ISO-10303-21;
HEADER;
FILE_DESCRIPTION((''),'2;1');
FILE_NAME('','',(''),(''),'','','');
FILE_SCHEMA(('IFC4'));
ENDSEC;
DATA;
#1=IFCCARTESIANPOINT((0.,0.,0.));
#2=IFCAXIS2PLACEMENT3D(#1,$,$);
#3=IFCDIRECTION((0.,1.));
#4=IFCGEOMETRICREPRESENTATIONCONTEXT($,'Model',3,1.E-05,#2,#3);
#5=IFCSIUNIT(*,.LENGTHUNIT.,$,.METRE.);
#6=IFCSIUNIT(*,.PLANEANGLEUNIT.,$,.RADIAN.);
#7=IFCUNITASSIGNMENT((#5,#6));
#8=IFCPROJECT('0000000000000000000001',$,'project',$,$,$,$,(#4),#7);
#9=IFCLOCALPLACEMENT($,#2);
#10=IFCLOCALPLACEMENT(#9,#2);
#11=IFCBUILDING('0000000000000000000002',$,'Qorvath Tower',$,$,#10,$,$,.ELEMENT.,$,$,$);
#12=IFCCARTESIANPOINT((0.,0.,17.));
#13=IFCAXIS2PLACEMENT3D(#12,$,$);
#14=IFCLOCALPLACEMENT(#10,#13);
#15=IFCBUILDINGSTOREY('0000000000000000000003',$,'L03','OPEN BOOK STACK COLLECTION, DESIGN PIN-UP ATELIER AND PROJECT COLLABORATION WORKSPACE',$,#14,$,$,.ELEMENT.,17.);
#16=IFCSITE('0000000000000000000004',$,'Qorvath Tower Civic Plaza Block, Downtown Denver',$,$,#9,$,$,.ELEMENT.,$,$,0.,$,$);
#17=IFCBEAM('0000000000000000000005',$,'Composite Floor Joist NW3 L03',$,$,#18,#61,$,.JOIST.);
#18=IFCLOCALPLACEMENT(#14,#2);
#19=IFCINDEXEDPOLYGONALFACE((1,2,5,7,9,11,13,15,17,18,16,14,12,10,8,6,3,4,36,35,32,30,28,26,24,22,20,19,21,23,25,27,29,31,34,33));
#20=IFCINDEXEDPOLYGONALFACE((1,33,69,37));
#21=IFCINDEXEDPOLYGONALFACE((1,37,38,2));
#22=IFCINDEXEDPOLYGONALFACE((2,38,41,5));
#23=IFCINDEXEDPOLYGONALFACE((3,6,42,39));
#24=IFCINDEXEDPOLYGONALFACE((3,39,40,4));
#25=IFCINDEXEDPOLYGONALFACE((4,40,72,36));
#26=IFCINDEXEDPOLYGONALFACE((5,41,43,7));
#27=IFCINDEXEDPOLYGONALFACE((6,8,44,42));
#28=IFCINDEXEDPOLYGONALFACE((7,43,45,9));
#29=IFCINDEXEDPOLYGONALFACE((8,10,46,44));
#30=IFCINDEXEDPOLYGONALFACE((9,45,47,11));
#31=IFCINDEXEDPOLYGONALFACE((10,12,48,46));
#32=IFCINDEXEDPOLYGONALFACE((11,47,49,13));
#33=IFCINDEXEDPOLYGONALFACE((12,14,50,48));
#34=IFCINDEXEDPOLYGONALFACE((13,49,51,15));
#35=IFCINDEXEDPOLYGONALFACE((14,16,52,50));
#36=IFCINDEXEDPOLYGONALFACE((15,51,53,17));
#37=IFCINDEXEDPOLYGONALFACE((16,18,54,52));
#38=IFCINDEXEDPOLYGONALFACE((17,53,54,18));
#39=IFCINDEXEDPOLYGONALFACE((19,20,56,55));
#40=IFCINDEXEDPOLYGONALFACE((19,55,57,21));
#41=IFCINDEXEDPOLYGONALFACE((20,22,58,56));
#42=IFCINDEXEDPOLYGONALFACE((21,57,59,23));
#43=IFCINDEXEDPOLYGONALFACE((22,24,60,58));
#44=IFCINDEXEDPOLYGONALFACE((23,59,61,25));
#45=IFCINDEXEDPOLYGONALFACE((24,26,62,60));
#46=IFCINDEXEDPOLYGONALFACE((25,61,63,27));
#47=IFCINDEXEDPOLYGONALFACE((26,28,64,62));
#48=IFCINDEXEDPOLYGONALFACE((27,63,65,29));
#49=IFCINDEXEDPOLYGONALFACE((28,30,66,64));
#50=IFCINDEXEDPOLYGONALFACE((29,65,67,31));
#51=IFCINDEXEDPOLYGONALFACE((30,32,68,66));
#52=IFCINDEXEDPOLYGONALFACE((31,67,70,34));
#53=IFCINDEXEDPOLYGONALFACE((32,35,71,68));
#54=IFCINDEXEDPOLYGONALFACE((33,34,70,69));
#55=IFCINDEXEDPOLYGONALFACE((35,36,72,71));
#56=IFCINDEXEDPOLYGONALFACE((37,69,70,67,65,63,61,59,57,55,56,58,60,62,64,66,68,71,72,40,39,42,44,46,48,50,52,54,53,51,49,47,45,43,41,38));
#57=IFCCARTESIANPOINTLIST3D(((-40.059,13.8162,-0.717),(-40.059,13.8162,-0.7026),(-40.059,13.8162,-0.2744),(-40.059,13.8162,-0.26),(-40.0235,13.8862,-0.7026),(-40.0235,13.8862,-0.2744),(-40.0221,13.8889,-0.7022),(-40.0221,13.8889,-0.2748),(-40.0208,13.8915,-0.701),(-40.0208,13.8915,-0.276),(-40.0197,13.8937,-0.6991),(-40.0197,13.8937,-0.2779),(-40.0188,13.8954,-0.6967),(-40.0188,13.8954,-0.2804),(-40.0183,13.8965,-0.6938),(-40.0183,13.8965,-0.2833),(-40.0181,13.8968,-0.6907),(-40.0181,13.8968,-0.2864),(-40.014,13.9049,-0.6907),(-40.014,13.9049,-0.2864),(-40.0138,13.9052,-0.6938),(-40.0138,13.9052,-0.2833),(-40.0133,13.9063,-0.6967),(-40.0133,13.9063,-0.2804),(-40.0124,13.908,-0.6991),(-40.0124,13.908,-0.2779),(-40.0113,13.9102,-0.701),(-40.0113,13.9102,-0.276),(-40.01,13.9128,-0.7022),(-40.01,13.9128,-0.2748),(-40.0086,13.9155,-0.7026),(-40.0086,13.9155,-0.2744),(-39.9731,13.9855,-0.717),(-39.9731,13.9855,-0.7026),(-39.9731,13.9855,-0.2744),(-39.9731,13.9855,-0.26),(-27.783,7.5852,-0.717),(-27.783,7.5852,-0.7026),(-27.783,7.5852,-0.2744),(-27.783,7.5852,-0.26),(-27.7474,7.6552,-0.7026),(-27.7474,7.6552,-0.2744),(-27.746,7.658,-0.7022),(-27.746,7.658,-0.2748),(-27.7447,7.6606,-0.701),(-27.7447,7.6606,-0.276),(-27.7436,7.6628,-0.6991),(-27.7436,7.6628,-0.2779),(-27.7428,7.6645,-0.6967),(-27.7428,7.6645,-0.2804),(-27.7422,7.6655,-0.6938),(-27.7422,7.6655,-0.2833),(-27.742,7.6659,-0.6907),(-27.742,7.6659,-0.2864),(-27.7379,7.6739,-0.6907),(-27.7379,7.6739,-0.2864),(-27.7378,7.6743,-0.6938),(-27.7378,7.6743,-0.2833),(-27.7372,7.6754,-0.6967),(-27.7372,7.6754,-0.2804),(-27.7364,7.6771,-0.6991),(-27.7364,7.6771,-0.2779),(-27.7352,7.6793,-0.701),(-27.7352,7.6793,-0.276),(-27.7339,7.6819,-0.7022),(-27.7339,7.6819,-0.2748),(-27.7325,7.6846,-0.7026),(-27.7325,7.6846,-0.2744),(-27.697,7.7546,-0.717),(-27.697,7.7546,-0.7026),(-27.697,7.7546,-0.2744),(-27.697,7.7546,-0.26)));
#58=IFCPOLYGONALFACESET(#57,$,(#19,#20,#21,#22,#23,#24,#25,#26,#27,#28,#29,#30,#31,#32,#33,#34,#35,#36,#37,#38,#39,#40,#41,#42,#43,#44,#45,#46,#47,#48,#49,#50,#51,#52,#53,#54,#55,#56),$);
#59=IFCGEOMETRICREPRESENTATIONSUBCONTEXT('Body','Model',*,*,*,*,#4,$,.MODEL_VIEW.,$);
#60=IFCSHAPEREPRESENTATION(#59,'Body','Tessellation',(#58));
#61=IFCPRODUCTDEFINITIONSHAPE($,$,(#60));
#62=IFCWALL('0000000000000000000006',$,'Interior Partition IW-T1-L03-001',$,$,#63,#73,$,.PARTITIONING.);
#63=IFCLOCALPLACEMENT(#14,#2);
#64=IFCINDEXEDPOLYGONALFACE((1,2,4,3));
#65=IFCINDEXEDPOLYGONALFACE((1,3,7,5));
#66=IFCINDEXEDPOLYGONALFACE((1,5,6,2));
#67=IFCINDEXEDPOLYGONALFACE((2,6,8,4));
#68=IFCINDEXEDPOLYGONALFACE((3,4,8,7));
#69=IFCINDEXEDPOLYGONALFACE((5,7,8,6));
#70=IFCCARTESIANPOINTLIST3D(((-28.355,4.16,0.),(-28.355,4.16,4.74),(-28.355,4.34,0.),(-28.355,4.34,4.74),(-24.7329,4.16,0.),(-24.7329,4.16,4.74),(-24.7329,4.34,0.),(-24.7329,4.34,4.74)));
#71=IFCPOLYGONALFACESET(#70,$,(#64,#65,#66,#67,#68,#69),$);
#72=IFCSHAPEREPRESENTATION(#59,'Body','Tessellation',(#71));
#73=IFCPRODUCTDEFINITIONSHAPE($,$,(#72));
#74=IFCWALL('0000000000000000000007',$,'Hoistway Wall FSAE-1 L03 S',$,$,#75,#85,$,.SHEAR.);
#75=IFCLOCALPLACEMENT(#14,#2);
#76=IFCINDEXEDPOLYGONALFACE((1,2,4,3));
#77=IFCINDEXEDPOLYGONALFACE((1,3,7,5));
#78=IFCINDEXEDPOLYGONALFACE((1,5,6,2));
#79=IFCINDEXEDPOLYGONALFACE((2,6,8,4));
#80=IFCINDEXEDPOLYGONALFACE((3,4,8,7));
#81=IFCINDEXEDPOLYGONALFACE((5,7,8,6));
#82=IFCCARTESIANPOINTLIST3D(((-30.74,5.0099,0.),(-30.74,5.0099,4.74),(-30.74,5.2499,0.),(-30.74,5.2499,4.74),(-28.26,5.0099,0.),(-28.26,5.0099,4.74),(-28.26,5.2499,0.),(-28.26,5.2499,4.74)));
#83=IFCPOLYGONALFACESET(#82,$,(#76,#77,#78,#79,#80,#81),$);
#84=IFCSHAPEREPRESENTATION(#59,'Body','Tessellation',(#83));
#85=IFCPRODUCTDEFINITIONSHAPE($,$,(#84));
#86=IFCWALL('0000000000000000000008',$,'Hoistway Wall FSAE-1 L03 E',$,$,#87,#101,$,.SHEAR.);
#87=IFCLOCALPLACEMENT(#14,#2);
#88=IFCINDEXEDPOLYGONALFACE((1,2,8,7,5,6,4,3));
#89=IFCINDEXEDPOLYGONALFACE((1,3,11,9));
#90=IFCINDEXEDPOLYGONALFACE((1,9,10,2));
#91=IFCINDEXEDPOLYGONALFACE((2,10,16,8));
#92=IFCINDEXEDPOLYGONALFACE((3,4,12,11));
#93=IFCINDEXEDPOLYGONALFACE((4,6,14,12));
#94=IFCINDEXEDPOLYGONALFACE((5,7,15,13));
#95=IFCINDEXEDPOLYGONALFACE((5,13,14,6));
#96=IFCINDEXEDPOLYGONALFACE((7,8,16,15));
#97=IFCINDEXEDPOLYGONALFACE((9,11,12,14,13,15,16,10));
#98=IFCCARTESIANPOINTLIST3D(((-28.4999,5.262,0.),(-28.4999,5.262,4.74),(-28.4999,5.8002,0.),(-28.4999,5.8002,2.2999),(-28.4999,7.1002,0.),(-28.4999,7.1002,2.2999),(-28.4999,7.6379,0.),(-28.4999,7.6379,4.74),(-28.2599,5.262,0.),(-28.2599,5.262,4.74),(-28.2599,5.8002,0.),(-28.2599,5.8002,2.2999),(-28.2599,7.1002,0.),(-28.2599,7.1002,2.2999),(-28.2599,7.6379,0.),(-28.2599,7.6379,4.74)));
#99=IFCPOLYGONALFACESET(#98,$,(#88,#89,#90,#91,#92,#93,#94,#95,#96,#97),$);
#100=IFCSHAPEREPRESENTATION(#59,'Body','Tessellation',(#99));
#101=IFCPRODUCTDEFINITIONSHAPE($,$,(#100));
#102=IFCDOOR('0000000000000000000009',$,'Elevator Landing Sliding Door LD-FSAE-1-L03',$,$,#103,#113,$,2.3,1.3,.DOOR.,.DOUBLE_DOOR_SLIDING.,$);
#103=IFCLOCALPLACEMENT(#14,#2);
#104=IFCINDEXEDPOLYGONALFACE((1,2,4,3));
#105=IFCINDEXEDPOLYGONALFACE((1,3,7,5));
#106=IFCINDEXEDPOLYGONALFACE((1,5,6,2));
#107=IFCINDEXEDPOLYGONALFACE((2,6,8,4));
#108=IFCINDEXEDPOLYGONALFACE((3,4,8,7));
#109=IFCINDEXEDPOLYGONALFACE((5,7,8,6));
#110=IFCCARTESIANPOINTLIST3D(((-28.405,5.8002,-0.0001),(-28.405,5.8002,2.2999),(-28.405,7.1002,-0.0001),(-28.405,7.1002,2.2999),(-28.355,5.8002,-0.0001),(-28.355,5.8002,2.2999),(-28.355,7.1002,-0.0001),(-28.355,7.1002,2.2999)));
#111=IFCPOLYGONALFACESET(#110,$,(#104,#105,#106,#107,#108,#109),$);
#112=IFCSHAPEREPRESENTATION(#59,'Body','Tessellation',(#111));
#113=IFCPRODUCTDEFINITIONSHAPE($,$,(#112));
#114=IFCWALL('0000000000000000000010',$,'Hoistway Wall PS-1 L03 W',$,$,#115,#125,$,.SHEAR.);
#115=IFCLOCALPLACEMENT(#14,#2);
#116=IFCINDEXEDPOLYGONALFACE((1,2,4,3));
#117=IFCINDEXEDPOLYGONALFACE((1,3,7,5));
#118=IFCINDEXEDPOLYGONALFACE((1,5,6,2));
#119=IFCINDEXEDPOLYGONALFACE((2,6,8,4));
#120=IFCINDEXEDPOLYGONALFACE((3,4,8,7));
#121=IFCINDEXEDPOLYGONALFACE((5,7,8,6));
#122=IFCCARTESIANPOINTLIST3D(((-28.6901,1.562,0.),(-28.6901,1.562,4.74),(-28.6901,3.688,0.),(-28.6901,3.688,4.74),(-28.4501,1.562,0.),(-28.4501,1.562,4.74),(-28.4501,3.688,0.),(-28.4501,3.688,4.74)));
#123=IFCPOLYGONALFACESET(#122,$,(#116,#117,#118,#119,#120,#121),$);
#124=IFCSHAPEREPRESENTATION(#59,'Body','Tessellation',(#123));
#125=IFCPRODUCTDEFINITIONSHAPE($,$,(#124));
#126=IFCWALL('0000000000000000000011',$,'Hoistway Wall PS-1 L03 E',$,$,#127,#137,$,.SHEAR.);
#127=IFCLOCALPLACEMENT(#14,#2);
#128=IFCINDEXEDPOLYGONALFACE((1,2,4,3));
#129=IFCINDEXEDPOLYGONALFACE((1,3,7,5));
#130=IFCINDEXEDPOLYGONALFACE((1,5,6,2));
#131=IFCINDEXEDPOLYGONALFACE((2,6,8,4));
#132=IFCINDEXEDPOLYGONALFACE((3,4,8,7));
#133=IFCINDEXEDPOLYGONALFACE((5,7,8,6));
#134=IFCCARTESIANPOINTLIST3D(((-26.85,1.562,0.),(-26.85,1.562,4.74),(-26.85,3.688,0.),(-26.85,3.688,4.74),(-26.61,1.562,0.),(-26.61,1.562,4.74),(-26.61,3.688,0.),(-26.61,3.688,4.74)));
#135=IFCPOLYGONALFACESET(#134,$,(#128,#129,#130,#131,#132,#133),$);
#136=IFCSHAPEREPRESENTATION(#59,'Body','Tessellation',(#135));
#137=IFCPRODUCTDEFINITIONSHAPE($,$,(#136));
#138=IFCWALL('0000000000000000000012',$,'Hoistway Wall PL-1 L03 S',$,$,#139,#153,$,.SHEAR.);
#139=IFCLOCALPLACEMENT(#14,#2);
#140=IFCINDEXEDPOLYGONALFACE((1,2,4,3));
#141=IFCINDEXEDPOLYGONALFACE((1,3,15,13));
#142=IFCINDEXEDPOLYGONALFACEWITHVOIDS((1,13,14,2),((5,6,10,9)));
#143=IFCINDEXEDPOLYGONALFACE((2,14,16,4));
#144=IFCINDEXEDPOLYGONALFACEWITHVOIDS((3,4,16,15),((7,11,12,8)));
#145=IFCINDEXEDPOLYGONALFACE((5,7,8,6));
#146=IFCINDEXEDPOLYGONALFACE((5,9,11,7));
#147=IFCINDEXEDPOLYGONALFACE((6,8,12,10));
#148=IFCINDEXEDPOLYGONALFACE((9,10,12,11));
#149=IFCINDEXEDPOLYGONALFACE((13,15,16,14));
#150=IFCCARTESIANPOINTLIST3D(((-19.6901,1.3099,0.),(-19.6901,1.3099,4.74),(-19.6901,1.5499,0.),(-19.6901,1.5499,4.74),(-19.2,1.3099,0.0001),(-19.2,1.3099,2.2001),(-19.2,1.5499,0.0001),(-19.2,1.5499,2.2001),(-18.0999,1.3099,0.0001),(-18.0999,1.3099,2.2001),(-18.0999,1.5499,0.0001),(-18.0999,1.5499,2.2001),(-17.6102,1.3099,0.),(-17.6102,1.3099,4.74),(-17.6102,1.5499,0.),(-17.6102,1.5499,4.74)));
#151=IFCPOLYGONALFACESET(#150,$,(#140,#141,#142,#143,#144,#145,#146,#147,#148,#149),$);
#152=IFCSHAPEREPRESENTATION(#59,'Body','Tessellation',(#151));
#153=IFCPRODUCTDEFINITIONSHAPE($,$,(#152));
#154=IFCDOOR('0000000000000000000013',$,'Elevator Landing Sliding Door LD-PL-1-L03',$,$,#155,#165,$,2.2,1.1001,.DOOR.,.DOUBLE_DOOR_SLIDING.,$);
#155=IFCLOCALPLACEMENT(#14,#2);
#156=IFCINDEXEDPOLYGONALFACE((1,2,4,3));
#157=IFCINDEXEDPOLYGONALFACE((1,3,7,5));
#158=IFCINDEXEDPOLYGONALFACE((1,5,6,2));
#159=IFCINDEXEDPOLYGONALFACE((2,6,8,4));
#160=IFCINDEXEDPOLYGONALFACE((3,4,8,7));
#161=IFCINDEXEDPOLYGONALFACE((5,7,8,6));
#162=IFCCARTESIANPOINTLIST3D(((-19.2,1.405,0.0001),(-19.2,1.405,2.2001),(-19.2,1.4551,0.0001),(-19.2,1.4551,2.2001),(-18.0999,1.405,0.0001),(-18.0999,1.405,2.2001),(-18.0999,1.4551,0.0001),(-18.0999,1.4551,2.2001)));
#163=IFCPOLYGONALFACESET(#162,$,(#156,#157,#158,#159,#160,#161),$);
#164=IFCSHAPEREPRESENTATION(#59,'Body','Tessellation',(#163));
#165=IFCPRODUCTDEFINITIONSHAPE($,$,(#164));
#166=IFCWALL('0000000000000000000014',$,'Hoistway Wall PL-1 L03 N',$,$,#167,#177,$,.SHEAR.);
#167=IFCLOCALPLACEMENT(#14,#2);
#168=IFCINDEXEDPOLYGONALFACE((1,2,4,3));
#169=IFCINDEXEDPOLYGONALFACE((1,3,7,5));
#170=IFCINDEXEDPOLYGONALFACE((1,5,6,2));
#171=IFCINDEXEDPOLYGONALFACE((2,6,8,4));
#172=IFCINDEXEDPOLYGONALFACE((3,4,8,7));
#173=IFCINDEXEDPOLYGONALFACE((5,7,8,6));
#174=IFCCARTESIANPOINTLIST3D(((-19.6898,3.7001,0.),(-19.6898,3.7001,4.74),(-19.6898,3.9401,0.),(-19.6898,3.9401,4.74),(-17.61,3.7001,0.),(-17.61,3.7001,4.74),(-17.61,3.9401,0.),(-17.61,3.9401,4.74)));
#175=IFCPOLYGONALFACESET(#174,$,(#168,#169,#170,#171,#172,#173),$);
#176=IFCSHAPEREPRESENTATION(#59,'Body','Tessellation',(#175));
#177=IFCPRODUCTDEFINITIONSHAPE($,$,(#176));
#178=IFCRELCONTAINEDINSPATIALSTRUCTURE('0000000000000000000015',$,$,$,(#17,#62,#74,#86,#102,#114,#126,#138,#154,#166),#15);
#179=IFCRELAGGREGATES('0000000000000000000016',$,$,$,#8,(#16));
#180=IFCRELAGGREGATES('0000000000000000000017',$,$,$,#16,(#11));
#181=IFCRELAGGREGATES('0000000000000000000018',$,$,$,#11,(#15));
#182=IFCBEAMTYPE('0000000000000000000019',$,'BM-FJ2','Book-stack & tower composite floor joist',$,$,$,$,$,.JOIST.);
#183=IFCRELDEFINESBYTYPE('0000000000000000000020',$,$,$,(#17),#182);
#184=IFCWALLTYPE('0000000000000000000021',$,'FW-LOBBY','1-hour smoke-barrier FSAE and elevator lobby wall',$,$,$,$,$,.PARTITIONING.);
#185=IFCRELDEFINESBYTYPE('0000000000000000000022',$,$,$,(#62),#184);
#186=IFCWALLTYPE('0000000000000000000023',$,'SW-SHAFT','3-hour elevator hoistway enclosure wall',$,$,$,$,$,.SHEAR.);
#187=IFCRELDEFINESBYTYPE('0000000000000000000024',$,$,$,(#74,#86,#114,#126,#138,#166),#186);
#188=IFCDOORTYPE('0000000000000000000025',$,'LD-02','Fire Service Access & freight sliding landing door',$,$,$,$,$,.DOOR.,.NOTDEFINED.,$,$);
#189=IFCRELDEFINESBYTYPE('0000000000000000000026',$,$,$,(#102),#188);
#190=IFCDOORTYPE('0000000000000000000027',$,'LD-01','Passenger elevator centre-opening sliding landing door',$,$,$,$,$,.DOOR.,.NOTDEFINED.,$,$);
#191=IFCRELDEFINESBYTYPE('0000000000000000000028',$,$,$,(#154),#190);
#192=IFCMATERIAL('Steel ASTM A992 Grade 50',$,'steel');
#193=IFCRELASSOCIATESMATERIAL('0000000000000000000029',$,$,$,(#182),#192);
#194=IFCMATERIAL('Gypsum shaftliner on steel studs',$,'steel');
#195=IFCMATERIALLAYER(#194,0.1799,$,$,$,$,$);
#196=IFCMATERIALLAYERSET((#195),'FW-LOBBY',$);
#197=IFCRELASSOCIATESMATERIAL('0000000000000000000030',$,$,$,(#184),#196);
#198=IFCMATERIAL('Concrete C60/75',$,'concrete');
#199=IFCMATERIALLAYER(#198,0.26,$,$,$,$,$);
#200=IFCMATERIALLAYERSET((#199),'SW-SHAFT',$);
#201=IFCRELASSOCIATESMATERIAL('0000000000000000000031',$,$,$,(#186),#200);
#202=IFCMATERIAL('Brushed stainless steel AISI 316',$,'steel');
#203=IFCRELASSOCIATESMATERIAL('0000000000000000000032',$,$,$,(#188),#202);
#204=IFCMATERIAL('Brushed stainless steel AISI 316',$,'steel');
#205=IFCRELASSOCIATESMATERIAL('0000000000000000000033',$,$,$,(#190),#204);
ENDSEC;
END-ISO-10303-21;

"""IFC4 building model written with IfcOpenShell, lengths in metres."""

from ifc_helpers import new_model, si_unit, direction, frame, frame_2d, origin, origin_2d, place, context, subcontext, project, spatial, rectangle, i_section, extrude, material, layer, layer_set, material_profile, profile_set, type_object, element, fill, save


model = new_model("IFC4")

# Units and contexts
model_context = context("Model", 3, precision=1e-05, world=origin(), true_north=direction((0.0, 1.0)))
body_context = subcontext(model_context, "Body", "Model", "MODEL_VIEW")
ifc_project = project(units=[si_unit("LENGTHUNIT", "METRE"), si_unit("PLANEANGLEUNIT", "RADIAN")], contexts=[model_context])

# Site, building, storey
site_placement = place(None, origin())
site = spatial("IfcSite", under=ifc_project, at=site_placement, Name="Qorvath Tower Civic Plaza Block, Downtown Denver", CompositionType="ELEMENT", RefElevation=0.0)
building_placement = place(site_placement, origin())
building = spatial("IfcBuilding", under=site, at=building_placement, Name="Qorvath Tower", CompositionType="ELEMENT")
storey_placement = place(building_placement, frame((0.0, 0.0, 17.0)))
storey = spatial("IfcBuildingStorey", under=building, at=storey_placement, Name="L03", Description="OPEN BOOK STACK COLLECTION, DESIGN PIN-UP ATELIER AND PROJECT COLLABORATION WORKSPACE", CompositionType="ELEMENT", Elevation=17.0)

# Beam
ifc_material_1 = material(Name="Steel ASTM A992 Grade 50", Category="steel")
ifc_material_profile = material_profile(ifc_material_1, i_section(OverallWidth=0.1899, OverallDepth=0.457, WebThickness=0.009, FlangeThickness=0.0144, FilletRadius=0.012, at=origin_2d()), Name="W18x50")
ifc_profile_set = profile_set([ifc_material_profile], Name="Steel ASTM A992 Grade 50")
beam_type = type_object("IfcBeamType", Name="BM-FJ2", Description="Book-stack & tower composite floor joist", PredefinedType="JOIST", material=ifc_profile_set)
beam_placement = place(storey_placement, frame((-27.74, 7.6699, -0.4885), z_axis=(-0.891712, 0.452604, 0.0), x_axis=(-0.452604, -0.891712, 0.0)))
element("IfcBeam", 1, at=beam_placement, inside=storey, type_object=beam_type, Name="Composite Floor Joist NW3 L03", PredefinedType="JOIST", context=body_context, shape_type="SweptSolid", body=[
    extrude(i_section(OverallWidth=0.1899, OverallDepth=0.457, WebThickness=0.009, FlangeThickness=0.0144, FilletRadius=0.012, at=origin_2d()), origin(), (0.0, 0.0, 1.0), 13.7668),
])

# Walls
ifc_material_2 = material(Name="Gypsum shaftliner on steel studs", Category="steel")
ifc_layer_1 = layer(ifc_material_2, 0.1799)
ifc_layer_set_1 = layer_set([ifc_layer_1], Name="FW-LOBBY")
wall_type_1 = type_object("IfcWallType", Name="FW-LOBBY", Description="1-hour smoke-barrier FSAE and elevator lobby wall", PredefinedType="PARTITIONING", material=ifc_layer_set_1)
wall_1_placement = place(storey_placement, frame((-28.355, 4.25, 0.0), z_axis=(0.0, 0.0, 1.0), x_axis=(1.0, 0.0, 0.0)))
element("IfcWall", 2, at=wall_1_placement, inside=storey, type_object=wall_type_1, Name="Interior Partition IW-T1-L03-001", PredefinedType="PARTITIONING", context=body_context, shape_type="SweptSolid", body=[
    extrude(rectangle(XDim=3.6221, YDim=0.1799, at=frame_2d((1.811, 0.0))), origin(), (0.0, 0.0, 1.0), 4.74),
])
ifc_material_3 = material(Name="Concrete C60/75", Category="concrete")
ifc_layer_2 = layer(ifc_material_3, 0.26)
ifc_layer_set_2 = layer_set([ifc_layer_2], Name="SW-SHAFT")
wall_type_2 = type_object("IfcWallType", Name="SW-SHAFT", Description="3-hour elevator hoistway enclosure wall", PredefinedType="SHEAR", material=ifc_layer_set_2)
wall_2_placement = place(storey_placement, frame((-28.26, 5.1299, 0.0), z_axis=(0.0, 0.0, 1.0), x_axis=(-1.0, 0.0, 0.0)))
element("IfcWall", 3, at=wall_2_placement, inside=storey, type_object=wall_type_2, Name="Hoistway Wall FSAE-1 L03 S", PredefinedType="SHEAR", context=body_context, shape_type="SweptSolid", body=[
    extrude(rectangle(XDim=2.48, YDim=0.24, at=frame_2d((1.24, 0.0))), origin(), (0.0, 0.0, 1.0), 4.74),
])

# Wall, opening, door
wall_3_placement = place(storey_placement, frame((-28.3799, 7.6379, 0.0), z_axis=(0.0, 0.0, 1.0), x_axis=(0.0, -1.0, 0.0)))
wall_3 = element("IfcWall", 4, at=wall_3_placement, inside=storey, type_object=wall_type_2, Name="Hoistway Wall FSAE-1 L03 E", PredefinedType="SHEAR", context=body_context, shape_type="SweptSolid", body=[
    extrude(rectangle(XDim=2.376, YDim=0.24, at=frame_2d((1.188, 0.0))), origin(), (0.0, 0.0, 1.0), 4.74),
])
opening_1_placement = place(wall_3_placement, frame((0.5378, 0.0, 0.0)))
opening_1 = element("IfcOpeningElement", 5, at=opening_1_placement, cuts=wall_3, PredefinedType="OPENING", context=body_context, shape_type="SweptSolid", body=[
    extrude(rectangle(XDim=1.3, YDim=2.3, at=frame_2d((0.6499, 1.1499))), frame((0.0, 0.1299, 0.0), z_axis=(0.0, -1.0, 0.0), x_axis=(1.0, 0.0, 0.0)), (0.0, 0.0, 1.0), 0.26),
])
ifc_material_4 = material(Name="Brushed stainless steel AISI 316", Category="steel")
door_type_1 = type_object("IfcDoorType", Name="LD-02", Description="Fire Service Access & freight sliding landing door", OperationType="NOTDEFINED", PredefinedType="DOOR", material=ifc_material_4)
door_1_placement = place(opening_1_placement, origin())
door_1 = element("IfcDoor", 6, at=door_1_placement, inside=storey, type_object=door_type_1, Name="Elevator Landing Sliding Door LD-FSAE-1-L03", OperationType="DOUBLE_DOOR_SLIDING", OverallHeight=2.3, OverallWidth=1.3, PredefinedType="DOOR", context=body_context, shape_type="SweptSolid", body=[
    extrude(rectangle(XDim=1.3, YDim=2.3, at=frame_2d((0.6499, 1.1499))), frame((0.0, 0.0249, 0.0), z_axis=(0.0, -1.0, 0.0), x_axis=(1.0, 0.0, 0.0)), (0.0, 0.0, 1.0), 0.05),
])
fill(opening_1, door_1)

# Walls
for number, where, z_axis, x_axis, name in (
    (7, (-28.5701, 1.562, 0.0), (0.0, 0.0, 1.0), (0.0, 1.0, 0.0), "Hoistway Wall PS-1 L03 W"),
    (8, (-26.73, 3.688, 0.0), (0.0, 0.0, 1.0), (0.0, -1.0, 0.0), "Hoistway Wall PS-1 L03 E"),
):
    element("IfcWall", number, at=place(storey_placement, frame(where, z_axis=z_axis, x_axis=x_axis)), inside=storey, type_object=wall_type_2, Name=name, PredefinedType="SHEAR", context=body_context, shape_type="SweptSolid", body=[
        extrude(rectangle(XDim=2.126, YDim=0.24, at=frame_2d((1.063, 0.0))), origin(), (0.0, 0.0, 1.0), 4.74),
    ])

# Wall, opening, door
wall_4_placement = place(storey_placement, frame((-17.6101, 1.4299, 0.0), z_axis=(0.0, 0.0, 1.0), x_axis=(-1.0, 0.0, 0.0)))
wall_4 = element("IfcWall", 9, at=wall_4_placement, inside=storey, type_object=wall_type_2, Name="Hoistway Wall PL-1 L03 S", PredefinedType="SHEAR", context=body_context, shape_type="SweptSolid", body=[
    extrude(rectangle(XDim=2.0798, YDim=0.24, at=frame_2d((1.04, 0.0))), origin(), (0.0, 0.0, 1.0), 4.74),
])
opening_2_placement = place(wall_4_placement, frame((0.4897, 0.0, 0.0)))
opening_2 = element("IfcOpeningElement", 10, at=opening_2_placement, cuts=wall_4, PredefinedType="OPENING", context=body_context, shape_type="SweptSolid", body=[
    extrude(rectangle(XDim=1.1001, YDim=2.2, at=frame_2d((0.55, 1.1001))), frame((0.0, 0.1299, 0.0), z_axis=(0.0, -1.0, 0.0), x_axis=(1.0, 0.0, 0.0)), (0.0, 0.0, 1.0), 0.26),
])
ifc_material_5 = material(Name="Brushed stainless steel AISI 316", Category="steel")
door_type_2 = type_object("IfcDoorType", Name="LD-01", Description="Passenger elevator centre-opening sliding landing door", OperationType="NOTDEFINED", PredefinedType="DOOR", material=ifc_material_5)
door_2_placement = place(opening_2_placement, origin())
door_2 = element("IfcDoor", 11, at=door_2_placement, inside=storey, type_object=door_type_2, Name="Elevator Landing Sliding Door LD-PL-1-L03", OperationType="DOUBLE_DOOR_SLIDING", OverallHeight=2.2, OverallWidth=1.1001, PredefinedType="DOOR", context=body_context, shape_type="SweptSolid", body=[
    extrude(rectangle(XDim=1.1001, YDim=2.2, at=frame_2d((0.55, 1.1001))), frame((0.0, 0.0249, 0.0), z_axis=(0.0, -1.0, 0.0), x_axis=(1.0, 0.0, 0.0)), (0.0, 0.0, 1.0), 0.05),
])
fill(opening_2, door_2)

# Wall
wall_5_placement = place(storey_placement, frame((-19.6899, 3.8201, 0.0), z_axis=(0.0, 0.0, 1.0), x_axis=(1.0, 0.0, 0.0)))
element("IfcWall", 12, at=wall_5_placement, inside=storey, type_object=wall_type_2, Name="Hoistway Wall PL-1 L03 N", PredefinedType="SHEAR", context=body_context, shape_type="SweptSolid", body=[
    extrude(rectangle(XDim=2.0798, YDim=0.24, at=frame_2d((1.04, 0.0))), origin(), (0.0, 0.0, 1.0), 4.74),
])

save(model, "model.ifc")
